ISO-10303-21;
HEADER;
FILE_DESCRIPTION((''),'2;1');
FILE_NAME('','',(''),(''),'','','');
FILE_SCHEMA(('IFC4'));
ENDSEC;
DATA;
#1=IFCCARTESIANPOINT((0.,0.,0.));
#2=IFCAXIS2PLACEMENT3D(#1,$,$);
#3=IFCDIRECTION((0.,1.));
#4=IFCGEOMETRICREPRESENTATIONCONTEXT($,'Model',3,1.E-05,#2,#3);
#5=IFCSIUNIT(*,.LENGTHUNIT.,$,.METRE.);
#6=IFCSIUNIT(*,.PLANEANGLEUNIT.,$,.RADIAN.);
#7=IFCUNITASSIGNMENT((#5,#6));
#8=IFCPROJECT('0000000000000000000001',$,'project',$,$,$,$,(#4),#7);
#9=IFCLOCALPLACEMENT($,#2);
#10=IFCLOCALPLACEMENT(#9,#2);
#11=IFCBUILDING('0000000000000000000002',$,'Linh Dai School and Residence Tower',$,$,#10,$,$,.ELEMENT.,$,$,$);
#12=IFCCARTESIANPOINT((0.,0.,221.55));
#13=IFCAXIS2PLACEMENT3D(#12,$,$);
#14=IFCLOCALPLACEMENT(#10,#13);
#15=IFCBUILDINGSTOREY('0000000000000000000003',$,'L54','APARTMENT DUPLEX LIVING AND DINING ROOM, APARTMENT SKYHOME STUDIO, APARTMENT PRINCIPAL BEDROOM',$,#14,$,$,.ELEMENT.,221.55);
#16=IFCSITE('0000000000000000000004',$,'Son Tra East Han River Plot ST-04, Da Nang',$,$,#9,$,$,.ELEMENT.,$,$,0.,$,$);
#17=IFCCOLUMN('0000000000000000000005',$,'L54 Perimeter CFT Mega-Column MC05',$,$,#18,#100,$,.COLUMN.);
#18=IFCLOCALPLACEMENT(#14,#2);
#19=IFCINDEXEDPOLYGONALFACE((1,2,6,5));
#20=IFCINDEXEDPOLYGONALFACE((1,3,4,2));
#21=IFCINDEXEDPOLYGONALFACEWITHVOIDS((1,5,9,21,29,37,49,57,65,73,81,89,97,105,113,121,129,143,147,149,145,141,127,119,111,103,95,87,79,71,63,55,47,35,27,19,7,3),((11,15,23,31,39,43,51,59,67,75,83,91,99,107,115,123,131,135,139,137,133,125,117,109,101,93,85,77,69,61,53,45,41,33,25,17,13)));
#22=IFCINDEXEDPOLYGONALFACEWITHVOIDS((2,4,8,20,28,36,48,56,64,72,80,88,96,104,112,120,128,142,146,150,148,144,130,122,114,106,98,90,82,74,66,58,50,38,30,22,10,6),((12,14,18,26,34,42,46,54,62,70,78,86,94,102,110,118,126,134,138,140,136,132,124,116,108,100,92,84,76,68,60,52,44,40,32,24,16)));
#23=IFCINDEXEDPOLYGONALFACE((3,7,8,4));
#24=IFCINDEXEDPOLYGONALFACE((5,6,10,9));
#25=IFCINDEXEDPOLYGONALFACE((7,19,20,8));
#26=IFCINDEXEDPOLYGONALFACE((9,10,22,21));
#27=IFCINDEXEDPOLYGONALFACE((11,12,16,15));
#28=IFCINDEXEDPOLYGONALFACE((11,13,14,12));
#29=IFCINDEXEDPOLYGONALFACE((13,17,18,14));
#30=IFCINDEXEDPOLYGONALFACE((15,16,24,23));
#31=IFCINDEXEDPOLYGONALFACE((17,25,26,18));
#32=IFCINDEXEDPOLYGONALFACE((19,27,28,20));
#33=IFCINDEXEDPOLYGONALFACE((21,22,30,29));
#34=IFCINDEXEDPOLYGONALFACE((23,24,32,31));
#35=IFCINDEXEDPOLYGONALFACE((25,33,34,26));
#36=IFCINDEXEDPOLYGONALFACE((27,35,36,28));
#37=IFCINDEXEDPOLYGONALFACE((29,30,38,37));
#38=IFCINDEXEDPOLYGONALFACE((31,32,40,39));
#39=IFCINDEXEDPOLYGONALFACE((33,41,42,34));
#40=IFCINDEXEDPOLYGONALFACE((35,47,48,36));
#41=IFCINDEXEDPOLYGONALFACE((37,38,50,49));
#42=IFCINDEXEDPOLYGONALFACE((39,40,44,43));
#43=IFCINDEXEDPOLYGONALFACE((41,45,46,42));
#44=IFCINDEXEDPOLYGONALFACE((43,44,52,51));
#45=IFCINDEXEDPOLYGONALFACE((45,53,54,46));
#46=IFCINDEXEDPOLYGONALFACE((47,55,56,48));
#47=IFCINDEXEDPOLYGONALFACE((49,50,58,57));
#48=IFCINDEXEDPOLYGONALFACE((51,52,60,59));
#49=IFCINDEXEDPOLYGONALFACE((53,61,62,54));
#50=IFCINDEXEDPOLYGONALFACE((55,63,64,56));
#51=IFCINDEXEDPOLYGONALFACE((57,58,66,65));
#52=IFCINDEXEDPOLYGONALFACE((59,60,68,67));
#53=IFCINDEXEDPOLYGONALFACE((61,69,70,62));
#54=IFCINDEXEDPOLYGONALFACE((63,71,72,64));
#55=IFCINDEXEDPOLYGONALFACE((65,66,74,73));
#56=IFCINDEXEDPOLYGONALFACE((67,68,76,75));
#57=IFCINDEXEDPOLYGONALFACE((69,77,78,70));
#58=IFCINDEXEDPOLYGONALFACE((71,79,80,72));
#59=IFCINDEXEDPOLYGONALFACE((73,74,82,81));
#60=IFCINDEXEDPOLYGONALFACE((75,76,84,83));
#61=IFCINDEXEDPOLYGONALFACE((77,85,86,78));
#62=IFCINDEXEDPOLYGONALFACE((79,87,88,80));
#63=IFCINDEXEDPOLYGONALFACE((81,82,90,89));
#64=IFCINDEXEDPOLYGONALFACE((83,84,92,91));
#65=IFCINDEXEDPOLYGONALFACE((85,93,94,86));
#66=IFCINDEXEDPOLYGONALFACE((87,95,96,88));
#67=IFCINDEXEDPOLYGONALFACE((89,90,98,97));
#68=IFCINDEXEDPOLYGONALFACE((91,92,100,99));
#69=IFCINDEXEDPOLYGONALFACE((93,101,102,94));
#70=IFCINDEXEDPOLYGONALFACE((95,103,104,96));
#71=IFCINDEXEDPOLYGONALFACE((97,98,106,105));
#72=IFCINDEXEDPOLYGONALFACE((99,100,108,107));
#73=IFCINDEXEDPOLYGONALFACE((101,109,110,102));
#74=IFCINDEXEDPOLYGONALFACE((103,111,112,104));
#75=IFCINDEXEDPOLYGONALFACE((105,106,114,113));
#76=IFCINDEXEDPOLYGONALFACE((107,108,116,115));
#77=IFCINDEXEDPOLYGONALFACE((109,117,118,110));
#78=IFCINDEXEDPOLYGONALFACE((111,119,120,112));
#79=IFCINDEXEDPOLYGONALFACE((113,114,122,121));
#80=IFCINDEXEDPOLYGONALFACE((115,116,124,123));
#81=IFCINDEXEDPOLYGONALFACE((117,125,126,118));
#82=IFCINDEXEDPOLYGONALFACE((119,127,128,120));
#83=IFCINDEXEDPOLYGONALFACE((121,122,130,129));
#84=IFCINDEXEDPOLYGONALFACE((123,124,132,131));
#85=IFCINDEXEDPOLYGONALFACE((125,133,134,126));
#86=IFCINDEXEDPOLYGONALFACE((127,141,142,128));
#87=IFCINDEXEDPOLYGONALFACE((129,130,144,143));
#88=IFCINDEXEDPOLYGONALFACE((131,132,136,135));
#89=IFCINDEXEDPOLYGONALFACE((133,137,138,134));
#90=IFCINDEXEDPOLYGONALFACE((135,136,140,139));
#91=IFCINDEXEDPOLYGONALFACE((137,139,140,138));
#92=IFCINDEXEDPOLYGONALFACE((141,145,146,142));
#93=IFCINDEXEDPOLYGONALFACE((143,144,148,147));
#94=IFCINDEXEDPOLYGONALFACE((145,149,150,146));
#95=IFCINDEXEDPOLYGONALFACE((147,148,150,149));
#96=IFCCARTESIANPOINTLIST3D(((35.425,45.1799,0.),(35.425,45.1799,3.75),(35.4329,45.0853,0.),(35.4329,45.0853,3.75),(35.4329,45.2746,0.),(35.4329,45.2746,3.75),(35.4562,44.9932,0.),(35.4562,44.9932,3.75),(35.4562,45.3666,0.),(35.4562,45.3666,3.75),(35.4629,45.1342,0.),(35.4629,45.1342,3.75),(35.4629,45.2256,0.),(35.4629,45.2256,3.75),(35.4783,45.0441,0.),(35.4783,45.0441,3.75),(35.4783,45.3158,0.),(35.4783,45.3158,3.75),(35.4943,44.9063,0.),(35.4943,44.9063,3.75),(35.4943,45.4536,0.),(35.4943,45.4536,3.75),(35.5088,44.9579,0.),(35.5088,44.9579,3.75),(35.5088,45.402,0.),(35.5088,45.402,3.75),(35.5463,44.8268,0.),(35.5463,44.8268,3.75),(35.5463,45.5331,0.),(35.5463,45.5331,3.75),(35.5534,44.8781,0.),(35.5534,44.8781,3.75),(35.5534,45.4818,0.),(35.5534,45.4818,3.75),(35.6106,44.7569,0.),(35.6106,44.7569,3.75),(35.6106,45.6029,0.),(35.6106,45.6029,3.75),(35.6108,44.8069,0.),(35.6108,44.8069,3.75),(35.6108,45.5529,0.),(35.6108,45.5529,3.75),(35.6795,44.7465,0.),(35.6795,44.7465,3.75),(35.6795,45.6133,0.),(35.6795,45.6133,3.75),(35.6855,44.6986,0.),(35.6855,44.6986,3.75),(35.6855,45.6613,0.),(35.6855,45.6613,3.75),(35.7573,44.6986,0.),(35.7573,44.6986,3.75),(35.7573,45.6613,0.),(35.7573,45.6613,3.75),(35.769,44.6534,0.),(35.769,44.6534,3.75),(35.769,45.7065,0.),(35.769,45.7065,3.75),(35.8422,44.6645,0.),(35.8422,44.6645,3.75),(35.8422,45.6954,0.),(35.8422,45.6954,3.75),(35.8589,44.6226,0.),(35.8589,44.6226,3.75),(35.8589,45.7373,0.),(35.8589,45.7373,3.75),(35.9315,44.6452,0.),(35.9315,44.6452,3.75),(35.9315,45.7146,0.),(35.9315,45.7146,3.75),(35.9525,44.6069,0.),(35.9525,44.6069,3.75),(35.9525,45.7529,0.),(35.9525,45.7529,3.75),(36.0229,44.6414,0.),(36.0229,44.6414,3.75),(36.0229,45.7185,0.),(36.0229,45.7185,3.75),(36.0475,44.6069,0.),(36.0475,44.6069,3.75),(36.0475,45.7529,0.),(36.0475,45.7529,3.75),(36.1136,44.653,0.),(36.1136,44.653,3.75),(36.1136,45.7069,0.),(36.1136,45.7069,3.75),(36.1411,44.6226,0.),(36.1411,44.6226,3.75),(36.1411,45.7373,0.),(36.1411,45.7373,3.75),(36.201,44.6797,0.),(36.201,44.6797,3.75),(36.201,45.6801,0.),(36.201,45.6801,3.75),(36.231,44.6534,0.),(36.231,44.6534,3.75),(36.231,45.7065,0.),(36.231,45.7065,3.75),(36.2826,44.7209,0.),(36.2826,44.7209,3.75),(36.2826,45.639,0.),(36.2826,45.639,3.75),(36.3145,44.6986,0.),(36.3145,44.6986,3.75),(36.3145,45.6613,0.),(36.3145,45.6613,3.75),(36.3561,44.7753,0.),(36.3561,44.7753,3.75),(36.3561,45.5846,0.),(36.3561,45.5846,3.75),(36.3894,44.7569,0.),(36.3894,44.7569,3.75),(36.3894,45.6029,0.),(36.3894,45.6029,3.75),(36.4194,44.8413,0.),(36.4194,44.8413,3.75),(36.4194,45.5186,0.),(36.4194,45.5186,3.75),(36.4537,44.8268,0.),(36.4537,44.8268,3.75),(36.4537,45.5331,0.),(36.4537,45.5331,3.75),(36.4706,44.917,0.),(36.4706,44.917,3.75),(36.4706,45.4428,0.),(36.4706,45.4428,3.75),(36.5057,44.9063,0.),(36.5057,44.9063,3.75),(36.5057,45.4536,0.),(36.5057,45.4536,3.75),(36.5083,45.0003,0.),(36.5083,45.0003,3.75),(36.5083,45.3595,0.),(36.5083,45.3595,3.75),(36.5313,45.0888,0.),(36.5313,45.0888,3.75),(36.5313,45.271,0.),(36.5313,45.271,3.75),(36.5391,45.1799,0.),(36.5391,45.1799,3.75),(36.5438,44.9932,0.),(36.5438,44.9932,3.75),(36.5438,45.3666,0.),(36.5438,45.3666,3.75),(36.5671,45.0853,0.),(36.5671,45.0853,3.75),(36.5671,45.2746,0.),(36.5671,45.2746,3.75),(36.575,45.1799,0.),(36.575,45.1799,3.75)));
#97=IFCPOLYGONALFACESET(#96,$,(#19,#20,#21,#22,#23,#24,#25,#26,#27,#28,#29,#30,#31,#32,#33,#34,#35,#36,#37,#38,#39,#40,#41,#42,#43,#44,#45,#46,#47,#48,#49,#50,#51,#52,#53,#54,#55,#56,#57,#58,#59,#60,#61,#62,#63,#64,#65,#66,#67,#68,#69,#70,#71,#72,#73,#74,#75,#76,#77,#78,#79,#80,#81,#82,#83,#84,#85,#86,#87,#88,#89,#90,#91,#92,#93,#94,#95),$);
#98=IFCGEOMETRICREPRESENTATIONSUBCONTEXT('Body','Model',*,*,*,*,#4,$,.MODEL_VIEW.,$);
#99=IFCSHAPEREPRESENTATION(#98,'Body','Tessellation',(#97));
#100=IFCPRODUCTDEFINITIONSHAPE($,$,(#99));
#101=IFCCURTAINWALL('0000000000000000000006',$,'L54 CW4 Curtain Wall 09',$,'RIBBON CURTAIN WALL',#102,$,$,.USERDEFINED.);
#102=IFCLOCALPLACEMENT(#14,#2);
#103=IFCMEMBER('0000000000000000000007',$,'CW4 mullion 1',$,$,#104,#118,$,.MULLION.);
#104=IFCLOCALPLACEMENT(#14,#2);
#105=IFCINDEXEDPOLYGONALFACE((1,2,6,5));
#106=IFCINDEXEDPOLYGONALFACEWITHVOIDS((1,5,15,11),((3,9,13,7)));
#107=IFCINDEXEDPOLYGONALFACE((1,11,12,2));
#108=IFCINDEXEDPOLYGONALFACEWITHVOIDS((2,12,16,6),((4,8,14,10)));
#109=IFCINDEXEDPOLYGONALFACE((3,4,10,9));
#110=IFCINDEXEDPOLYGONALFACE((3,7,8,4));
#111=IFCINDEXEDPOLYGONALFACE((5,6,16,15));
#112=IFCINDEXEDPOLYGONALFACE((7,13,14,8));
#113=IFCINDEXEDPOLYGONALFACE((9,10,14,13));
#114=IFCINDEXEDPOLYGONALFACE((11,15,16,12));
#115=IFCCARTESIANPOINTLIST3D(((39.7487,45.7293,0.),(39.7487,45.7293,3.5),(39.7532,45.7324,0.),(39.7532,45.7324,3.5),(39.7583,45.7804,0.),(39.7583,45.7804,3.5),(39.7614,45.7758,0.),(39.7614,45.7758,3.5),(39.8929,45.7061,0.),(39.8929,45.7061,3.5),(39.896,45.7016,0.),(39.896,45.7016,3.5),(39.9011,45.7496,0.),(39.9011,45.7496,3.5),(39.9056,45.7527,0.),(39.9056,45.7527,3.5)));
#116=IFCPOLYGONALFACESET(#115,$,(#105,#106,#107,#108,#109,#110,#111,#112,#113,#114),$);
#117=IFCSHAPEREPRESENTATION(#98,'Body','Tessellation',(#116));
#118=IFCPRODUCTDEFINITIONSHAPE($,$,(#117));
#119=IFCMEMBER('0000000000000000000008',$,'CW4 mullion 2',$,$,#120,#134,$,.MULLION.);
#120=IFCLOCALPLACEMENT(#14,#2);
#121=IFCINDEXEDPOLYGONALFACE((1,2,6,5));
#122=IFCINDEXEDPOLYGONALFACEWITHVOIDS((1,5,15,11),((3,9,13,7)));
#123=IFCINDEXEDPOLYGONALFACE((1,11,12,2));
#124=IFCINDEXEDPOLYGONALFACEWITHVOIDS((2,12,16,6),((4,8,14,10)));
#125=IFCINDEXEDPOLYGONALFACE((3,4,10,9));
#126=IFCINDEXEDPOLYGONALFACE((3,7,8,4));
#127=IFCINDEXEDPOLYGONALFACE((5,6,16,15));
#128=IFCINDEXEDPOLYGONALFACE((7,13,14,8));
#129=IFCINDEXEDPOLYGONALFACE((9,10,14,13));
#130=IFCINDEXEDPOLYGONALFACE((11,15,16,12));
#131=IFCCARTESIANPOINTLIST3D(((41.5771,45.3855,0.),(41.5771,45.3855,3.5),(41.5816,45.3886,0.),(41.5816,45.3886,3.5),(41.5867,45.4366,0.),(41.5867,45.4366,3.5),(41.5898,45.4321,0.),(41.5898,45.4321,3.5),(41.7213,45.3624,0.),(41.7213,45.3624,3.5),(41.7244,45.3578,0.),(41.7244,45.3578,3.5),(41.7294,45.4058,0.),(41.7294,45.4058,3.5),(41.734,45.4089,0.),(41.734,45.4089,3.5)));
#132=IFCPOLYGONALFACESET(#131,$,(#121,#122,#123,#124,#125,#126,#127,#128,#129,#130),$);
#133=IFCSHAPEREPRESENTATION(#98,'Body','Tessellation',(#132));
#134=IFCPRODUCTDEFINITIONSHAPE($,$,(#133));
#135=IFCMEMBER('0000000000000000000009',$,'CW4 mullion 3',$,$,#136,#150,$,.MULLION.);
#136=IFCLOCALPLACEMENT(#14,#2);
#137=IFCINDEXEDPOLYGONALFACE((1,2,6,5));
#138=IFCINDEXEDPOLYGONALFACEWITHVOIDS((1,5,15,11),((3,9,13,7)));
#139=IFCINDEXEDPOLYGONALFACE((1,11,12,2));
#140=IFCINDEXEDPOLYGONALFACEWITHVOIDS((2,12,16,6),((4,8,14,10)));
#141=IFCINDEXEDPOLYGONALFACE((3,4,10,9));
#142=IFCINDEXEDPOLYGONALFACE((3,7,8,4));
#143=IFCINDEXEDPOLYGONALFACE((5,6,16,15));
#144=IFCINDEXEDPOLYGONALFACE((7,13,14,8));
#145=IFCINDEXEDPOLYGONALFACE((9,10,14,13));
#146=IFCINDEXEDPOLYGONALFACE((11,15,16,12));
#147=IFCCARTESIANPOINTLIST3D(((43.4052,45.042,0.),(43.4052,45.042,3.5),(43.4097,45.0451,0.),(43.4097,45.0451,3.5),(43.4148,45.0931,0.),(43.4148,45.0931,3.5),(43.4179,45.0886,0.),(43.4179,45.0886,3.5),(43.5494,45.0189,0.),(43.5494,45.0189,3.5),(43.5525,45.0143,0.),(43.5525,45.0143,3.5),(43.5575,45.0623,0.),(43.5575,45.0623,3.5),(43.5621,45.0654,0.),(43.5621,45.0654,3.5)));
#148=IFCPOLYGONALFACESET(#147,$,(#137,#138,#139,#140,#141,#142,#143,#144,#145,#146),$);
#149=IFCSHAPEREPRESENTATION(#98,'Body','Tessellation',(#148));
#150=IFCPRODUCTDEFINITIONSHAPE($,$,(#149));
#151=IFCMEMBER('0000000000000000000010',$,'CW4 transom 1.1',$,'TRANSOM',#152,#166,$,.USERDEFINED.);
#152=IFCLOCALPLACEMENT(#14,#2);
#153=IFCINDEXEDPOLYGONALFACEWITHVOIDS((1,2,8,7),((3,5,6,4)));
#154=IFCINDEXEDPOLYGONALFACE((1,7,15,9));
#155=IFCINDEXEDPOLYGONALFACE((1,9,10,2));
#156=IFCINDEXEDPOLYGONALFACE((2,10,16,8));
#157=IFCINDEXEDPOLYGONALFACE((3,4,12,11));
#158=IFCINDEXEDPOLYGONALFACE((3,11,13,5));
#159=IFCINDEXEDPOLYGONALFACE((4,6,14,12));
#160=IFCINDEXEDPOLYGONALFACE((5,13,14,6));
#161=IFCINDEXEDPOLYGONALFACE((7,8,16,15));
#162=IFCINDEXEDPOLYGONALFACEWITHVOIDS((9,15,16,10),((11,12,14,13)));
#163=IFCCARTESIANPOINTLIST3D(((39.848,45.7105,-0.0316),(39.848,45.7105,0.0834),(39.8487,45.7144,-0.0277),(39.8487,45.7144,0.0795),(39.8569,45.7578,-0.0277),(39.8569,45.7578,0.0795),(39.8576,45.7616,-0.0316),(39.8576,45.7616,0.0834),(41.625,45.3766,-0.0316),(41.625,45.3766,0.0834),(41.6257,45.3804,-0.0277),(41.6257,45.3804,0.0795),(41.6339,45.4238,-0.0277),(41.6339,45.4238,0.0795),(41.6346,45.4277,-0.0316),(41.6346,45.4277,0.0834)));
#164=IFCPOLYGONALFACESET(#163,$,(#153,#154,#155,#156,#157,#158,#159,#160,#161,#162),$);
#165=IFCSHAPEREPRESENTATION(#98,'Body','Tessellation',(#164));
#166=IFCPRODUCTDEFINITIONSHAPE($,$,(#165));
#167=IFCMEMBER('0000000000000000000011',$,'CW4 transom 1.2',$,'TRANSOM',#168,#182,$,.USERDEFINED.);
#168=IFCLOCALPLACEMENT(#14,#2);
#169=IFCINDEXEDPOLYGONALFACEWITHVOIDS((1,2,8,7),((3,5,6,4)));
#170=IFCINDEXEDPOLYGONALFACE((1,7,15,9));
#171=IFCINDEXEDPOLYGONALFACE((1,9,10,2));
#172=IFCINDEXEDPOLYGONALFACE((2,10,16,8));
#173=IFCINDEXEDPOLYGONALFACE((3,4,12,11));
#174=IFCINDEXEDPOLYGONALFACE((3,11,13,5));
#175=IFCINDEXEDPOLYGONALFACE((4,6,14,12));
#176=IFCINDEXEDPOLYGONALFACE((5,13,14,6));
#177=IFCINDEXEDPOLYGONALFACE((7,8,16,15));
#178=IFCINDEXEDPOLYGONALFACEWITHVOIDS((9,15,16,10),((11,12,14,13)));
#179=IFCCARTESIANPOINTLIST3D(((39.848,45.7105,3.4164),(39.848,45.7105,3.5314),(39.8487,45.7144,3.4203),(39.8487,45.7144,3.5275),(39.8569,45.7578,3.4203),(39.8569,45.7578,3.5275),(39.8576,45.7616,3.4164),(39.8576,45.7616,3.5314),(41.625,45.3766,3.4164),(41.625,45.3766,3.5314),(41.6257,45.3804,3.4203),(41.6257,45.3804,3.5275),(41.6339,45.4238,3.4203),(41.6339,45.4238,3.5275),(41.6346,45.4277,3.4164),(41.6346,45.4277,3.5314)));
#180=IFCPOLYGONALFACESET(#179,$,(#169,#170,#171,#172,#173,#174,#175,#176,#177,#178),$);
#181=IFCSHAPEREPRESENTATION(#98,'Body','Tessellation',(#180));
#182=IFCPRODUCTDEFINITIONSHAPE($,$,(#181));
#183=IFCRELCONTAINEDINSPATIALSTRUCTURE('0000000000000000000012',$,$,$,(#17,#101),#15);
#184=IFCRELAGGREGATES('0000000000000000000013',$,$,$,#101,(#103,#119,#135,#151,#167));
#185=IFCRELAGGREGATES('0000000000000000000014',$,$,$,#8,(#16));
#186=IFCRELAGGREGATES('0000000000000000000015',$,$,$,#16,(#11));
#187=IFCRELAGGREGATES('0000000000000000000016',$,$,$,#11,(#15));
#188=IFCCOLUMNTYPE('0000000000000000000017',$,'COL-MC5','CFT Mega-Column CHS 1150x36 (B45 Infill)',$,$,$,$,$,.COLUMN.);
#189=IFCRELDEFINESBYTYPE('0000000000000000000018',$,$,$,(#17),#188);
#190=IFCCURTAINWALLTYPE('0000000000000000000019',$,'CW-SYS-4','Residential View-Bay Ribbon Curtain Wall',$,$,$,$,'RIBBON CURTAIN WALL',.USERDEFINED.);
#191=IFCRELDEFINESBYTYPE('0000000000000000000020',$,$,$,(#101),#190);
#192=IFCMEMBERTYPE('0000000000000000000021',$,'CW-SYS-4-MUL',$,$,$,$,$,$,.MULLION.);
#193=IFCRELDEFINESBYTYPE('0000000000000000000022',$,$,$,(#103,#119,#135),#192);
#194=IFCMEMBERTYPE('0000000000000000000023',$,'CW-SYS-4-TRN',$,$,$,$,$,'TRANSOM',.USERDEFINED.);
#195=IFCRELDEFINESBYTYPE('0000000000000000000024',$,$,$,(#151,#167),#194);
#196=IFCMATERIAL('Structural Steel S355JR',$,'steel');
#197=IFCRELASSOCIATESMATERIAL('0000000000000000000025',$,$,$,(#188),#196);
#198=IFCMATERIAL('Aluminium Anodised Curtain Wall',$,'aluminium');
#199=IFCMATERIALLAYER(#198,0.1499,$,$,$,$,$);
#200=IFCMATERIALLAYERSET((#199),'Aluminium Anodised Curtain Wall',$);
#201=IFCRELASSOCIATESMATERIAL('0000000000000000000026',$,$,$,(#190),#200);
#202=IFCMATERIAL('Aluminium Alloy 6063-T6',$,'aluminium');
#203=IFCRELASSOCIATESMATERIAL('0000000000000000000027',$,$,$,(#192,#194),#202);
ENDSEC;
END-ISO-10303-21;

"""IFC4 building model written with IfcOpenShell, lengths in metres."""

from ifc_helpers import new_model, si_unit, direction, frame, origin, origin_2d, place, context, subcontext, project, spatial, hollow_rectangle, hollow_circle, extrude, source, transform, mapped, material, layer, layer_set, material_profile, profile_set, type_object, element, aggregate, save


model = new_model("IFC4")

# Units and contexts
model_context = context("Model", 3, precision=1e-05, world=origin(), true_north=direction((0.0, 1.0)))
body_context = subcontext(model_context, "Body", "Model", "MODEL_VIEW")
ifc_project = project(units=[si_unit("LENGTHUNIT", "METRE"), si_unit("PLANEANGLEUNIT", "RADIAN")], contexts=[model_context])

# Site, building, storey
site_placement = place(None, origin())
site = spatial("IfcSite", under=ifc_project, at=site_placement, Name="Son Tra East Han River Plot ST-04, Da Nang", CompositionType="ELEMENT", RefElevation=0.0)
building_placement = place(site_placement, origin())
building = spatial("IfcBuilding", under=site, at=building_placement, Name="Linh Dai School and Residence Tower", CompositionType="ELEMENT")
storey_placement = place(building_placement, frame((0.0, 0.0, 221.55)))
storey = spatial("IfcBuildingStorey", under=building, at=storey_placement, Name="L54", Description="APARTMENT DUPLEX LIVING AND DINING ROOM, APARTMENT SKYHOME STUDIO, APARTMENT PRINCIPAL BEDROOM", CompositionType="ELEMENT", Elevation=221.55)

# Column
ifc_material_1 = material(Name="Structural Steel S355JR", Category="steel")
ifc_material_profile_1 = material_profile(ifc_material_1, hollow_circle(Radius=0.575, WallThickness=0.0359, at=origin_2d()), Name="CHS 1150x36")
ifc_profile_set_1 = profile_set([ifc_material_profile_1], Name="Structural Steel S355JR")
column_type = type_object("IfcColumnType", Name="COL-MC5", Description="CFT Mega-Column CHS 1150x36 (B45 Infill)", PredefinedType="COLUMN", material=ifc_profile_set_1)
column_placement = place(storey_placement, frame((36.0, 45.1799, 0.0), z_axis=(0.0, 0.0, 1.0), x_axis=(1.0, 0.0, 0.0)))
element("IfcColumn", 1, at=column_placement, inside=storey, type_object=column_type, Name="L54 Perimeter CFT Mega-Column MC05", PredefinedType="COLUMN", context=body_context, shape_type="SweptSolid", body=[
    extrude(hollow_circle(Radius=0.575, WallThickness=0.0359, at=origin_2d()), origin(), (0.0, 0.0, 1.0), 3.75),
])

# Curtain wall, members
ifc_material_2 = material(Name="Aluminium Anodised Curtain Wall", Category="aluminium")
ifc_layer_1 = layer(ifc_material_2, 0.1499)
ifc_layer_set_1 = layer_set([ifc_layer_1], Name="Aluminium Anodised Curtain Wall")
curtain_wall_type = type_object("IfcCurtainWallType", Name="CW-SYS-4", Description="Residential View-Bay Ribbon Curtain Wall", ElementType="RIBBON CURTAIN WALL", PredefinedType="USERDEFINED", material=ifc_layer_set_1)
curtain_wall_placement = place(storey_placement, origin())
curtain_wall = element("IfcCurtainWall", 2, at=curtain_wall_placement, inside=storey, type_object=curtain_wall_type, Name="L54 CW4 Curtain Wall 09", ObjectType="RIBBON CURTAIN WALL", PredefinedType="USERDEFINED")
ifc_material_3 = material(Name="Aluminium Alloy 6063-T6", Category="aluminium")
ifc_material_profile_2 = material_profile(ifc_material_3, hollow_rectangle(XDim=0.052, YDim=0.1499, WallThickness=0.0039, at=origin_2d()), Name="RHS 150x52x4")
ifc_profile_set_2 = profile_set([ifc_material_profile_2], Name="Aluminium Alloy 6063-T6")
member_type_1 = type_object("IfcMemberType", Name="CW-SYS-4-MUL", PredefinedType="MULLION", material=ifc_profile_set_2)
shared_shape_1 = source(origin(), body_context, "Body", "SweptSolid", [
    extrude(hollow_rectangle(XDim=0.052, YDim=0.1499, WallThickness=0.0039, at=origin_2d()), origin(), (0.0, 0.0, 1.0), 3.5),
])
member_1_placement = place(storey_placement, frame((39.8271, 45.741, 0.0), z_axis=(0.0, 0.0, 1.0), x_axis=(0.184744, 0.982787, 0.0)))
member_1 = element("IfcMember", 3, at=member_1_placement, type_object=member_type_1, Name="CW4 mullion 1", PredefinedType="MULLION", context=body_context, shape_type="MappedRepresentation", body=[
    mapped(shared_shape_1, transform((0.0, 0.0, 0.0), x_axis=(1.0, 0.0, 0.0), y_axis=(0.0, 1.0, 0.0), z_axis=(0.0, 0.0, 1.0), scale=1.0)),
])
member_2_placement = place(storey_placement, frame((41.6555, 45.3972, 0.0), z_axis=(0.0, 0.0, 1.0), x_axis=(0.184744, 0.982787, 0.0)))
member_2 = element("IfcMember", 4, at=member_2_placement, type_object=member_type_1, Name="CW4 mullion 2", PredefinedType="MULLION", context=body_context, shape_type="MappedRepresentation", body=[
    mapped(shared_shape_1, transform((0.0, 0.0, 0.0), x_axis=(1.0, 0.0, 0.0), y_axis=(0.0, 1.0, 0.0), z_axis=(0.0, 0.0, 1.0), scale=1.0)),
])
member_3_placement = place(storey_placement, frame((43.4836, 45.0537, 0.0), z_axis=(0.0, 0.0, 1.0), x_axis=(0.184744, 0.982787, 0.0)))
member_3 = element("IfcMember", 5, at=member_3_placement, type_object=member_type_1, Name="CW4 mullion 3", PredefinedType="MULLION", context=body_context, shape_type="MappedRepresentation", body=[
    mapped(shared_shape_1, transform((0.0, 0.0, 0.0), x_axis=(1.0, 0.0, 0.0), y_axis=(0.0, 1.0, 0.0), z_axis=(0.0, 0.0, 1.0), scale=1.0)),
])
ifc_material_profile_3 = material_profile(ifc_material_3, hollow_rectangle(XDim=0.052, YDim=0.115, WallThickness=0.0039, at=origin_2d()), Name="RHS 115x52x4")
ifc_profile_set_3 = profile_set([ifc_material_profile_3], Name="Aluminium Alloy 6063-T6")
member_type_2 = type_object("IfcMemberType", Name="CW-SYS-4-TRN", ElementType="TRANSOM", PredefinedType="USERDEFINED", material=ifc_profile_set_3)
shared_shape_2 = source(origin(), body_context, "Body", "SweptSolid", [
    extrude(hollow_rectangle(XDim=0.052, YDim=0.115, WallThickness=0.0039, at=origin_2d()), origin(), (0.0, 0.0, 1.0), 1.8081),
])
member_4_placement = place(storey_placement, frame((39.8528, 45.7361, 0.0259), z_axis=(0.982794, -0.184704, 0.0), x_axis=(0.184704, 0.982794, 0.0)))
member_4 = element("IfcMember", 6, at=member_4_placement, type_object=member_type_2, Name="CW4 transom 1.1", ObjectType="TRANSOM", PredefinedType="USERDEFINED", context=body_context, shape_type="MappedRepresentation", body=[
    mapped(shared_shape_2, transform((0.0, 0.0, 0.0), x_axis=(1.0, 0.0, 0.0), y_axis=(0.0, 1.0, 0.0), z_axis=(0.0, 0.0, 1.0), scale=1.0)),
])
member_5_placement = place(storey_placement, frame((39.8528, 45.7361, 3.4739), z_axis=(0.982794, -0.184704, 0.0), x_axis=(0.184704, 0.982794, 0.0)))
member_5 = element("IfcMember", 7, at=member_5_placement, type_object=member_type_2, Name="CW4 transom 1.2", ObjectType="TRANSOM", PredefinedType="USERDEFINED", context=body_context, shape_type="MappedRepresentation", body=[
    mapped(shared_shape_2, transform((0.0, 0.0, 0.0), x_axis=(1.0, 0.0, 0.0), y_axis=(0.0, 1.0, 0.0), z_axis=(0.0, 0.0, 1.0), scale=1.0)),
])

aggregate(curtain_wall, [member_1, member_2, member_3, member_4, member_5])

save(model, "model.ifc")
